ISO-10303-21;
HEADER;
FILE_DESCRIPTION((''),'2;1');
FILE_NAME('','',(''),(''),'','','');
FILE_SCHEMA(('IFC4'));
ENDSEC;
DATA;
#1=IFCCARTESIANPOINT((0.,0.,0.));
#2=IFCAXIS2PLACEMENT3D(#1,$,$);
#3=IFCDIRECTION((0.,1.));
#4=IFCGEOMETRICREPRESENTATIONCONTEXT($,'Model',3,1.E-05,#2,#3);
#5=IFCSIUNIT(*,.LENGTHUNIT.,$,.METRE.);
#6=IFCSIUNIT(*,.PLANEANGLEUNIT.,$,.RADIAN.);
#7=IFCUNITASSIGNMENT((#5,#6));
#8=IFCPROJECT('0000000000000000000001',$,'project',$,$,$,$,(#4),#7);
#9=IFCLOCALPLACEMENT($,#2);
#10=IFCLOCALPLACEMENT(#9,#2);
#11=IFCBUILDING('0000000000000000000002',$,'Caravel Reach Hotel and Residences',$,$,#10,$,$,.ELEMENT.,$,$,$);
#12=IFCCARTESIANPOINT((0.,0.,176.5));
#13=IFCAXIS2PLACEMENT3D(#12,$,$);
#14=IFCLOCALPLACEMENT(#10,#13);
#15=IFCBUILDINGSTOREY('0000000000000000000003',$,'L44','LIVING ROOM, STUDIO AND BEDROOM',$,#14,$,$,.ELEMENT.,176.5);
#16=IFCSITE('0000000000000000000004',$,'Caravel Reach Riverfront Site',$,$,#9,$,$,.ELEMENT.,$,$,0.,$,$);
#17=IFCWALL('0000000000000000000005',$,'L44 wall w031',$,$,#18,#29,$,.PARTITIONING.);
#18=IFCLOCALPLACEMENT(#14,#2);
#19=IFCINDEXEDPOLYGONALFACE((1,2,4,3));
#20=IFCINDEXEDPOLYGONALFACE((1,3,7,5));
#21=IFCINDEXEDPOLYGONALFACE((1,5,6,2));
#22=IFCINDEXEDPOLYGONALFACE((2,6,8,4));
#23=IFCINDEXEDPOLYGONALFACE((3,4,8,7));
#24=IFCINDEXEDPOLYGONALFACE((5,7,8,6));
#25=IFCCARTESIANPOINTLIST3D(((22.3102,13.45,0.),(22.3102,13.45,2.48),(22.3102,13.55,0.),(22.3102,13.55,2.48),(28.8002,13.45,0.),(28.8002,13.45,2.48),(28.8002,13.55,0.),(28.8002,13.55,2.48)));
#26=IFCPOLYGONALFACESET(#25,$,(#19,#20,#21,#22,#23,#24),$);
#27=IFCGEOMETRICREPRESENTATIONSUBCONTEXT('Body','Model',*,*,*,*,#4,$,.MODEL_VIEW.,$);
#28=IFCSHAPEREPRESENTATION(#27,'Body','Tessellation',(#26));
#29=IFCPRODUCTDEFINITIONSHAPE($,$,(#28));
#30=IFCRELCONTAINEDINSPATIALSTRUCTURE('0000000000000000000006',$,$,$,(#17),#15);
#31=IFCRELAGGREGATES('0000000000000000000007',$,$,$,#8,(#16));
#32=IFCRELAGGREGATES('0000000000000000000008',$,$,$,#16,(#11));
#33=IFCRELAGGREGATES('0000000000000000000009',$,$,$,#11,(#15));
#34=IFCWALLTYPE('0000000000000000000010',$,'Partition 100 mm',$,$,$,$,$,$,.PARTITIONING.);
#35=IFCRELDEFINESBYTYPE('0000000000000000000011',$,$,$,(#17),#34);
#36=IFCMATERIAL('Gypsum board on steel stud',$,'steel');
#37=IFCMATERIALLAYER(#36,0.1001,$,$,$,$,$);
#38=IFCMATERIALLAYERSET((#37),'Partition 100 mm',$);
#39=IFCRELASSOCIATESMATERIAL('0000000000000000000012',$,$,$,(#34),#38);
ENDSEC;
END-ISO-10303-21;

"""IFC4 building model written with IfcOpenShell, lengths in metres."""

from ifc_helpers import new_model, si_unit, direction, frame, frame_2d, origin, place, context, subcontext, project, spatial, rectangle, extrude, material, layer, layer_set, type_object, element, save


model = new_model("IFC4")

# Units and contexts
model_context = context("Model", 3, precision=1e-05, world=origin(), true_north=direction((0.0, 1.0)))
body_context = subcontext(model_context, "Body", "Model", "MODEL_VIEW")
ifc_project = project(units=[si_unit("LENGTHUNIT", "METRE"), si_unit("PLANEANGLEUNIT", "RADIAN")], contexts=[model_context])

# Site, building, storey
site_placement = place(None, origin())
site = spatial("IfcSite", under=ifc_project, at=site_placement, Name="Caravel Reach Riverfront Site", CompositionType="ELEMENT", RefElevation=0.0)
building_placement = place(site_placement, origin())
building = spatial("IfcBuilding", under=site, at=building_placement, Name="Caravel Reach Hotel and Residences", CompositionType="ELEMENT")
storey_placement = place(building_placement, frame((0.0, 0.0, 176.5)))
storey = spatial("IfcBuildingStorey", under=building, at=storey_placement, Name="L44", Description="LIVING ROOM, STUDIO AND BEDROOM", CompositionType="ELEMENT", Elevation=176.5)

# Wall
ifc_material_1 = material(Name="Gypsum board on steel stud", Category="steel")
ifc_layer_1 = layer(ifc_material_1, 0.1001)
ifc_layer_set_1 = layer_set([ifc_layer_1], Name="Partition 100 mm")
wall_type_1 = type_object("IfcWallType", Name="Partition 100 mm", PredefinedType="PARTITIONING", material=ifc_layer_set_1)
wall_1_placement = place(storey_placement, frame((22.3101, 13.5, 0.0), z_axis=(0.0, 0.0, 1.0), x_axis=(1.0, 0.0, 0.0)))
element("IfcWall", 1, at=wall_1_placement, inside=storey, type_object=wall_type_1, Name="L44 wall w031", PredefinedType="PARTITIONING", context=body_context, shape_type="SweptSolid", body=[
    extrude(rectangle(XDim=6.49, YDim=0.1001, at=frame_2d((3.2451, 0.0))), origin(), (0.0, 0.0, 1.0), 2.48),
])

save(model, "model.ifc")
